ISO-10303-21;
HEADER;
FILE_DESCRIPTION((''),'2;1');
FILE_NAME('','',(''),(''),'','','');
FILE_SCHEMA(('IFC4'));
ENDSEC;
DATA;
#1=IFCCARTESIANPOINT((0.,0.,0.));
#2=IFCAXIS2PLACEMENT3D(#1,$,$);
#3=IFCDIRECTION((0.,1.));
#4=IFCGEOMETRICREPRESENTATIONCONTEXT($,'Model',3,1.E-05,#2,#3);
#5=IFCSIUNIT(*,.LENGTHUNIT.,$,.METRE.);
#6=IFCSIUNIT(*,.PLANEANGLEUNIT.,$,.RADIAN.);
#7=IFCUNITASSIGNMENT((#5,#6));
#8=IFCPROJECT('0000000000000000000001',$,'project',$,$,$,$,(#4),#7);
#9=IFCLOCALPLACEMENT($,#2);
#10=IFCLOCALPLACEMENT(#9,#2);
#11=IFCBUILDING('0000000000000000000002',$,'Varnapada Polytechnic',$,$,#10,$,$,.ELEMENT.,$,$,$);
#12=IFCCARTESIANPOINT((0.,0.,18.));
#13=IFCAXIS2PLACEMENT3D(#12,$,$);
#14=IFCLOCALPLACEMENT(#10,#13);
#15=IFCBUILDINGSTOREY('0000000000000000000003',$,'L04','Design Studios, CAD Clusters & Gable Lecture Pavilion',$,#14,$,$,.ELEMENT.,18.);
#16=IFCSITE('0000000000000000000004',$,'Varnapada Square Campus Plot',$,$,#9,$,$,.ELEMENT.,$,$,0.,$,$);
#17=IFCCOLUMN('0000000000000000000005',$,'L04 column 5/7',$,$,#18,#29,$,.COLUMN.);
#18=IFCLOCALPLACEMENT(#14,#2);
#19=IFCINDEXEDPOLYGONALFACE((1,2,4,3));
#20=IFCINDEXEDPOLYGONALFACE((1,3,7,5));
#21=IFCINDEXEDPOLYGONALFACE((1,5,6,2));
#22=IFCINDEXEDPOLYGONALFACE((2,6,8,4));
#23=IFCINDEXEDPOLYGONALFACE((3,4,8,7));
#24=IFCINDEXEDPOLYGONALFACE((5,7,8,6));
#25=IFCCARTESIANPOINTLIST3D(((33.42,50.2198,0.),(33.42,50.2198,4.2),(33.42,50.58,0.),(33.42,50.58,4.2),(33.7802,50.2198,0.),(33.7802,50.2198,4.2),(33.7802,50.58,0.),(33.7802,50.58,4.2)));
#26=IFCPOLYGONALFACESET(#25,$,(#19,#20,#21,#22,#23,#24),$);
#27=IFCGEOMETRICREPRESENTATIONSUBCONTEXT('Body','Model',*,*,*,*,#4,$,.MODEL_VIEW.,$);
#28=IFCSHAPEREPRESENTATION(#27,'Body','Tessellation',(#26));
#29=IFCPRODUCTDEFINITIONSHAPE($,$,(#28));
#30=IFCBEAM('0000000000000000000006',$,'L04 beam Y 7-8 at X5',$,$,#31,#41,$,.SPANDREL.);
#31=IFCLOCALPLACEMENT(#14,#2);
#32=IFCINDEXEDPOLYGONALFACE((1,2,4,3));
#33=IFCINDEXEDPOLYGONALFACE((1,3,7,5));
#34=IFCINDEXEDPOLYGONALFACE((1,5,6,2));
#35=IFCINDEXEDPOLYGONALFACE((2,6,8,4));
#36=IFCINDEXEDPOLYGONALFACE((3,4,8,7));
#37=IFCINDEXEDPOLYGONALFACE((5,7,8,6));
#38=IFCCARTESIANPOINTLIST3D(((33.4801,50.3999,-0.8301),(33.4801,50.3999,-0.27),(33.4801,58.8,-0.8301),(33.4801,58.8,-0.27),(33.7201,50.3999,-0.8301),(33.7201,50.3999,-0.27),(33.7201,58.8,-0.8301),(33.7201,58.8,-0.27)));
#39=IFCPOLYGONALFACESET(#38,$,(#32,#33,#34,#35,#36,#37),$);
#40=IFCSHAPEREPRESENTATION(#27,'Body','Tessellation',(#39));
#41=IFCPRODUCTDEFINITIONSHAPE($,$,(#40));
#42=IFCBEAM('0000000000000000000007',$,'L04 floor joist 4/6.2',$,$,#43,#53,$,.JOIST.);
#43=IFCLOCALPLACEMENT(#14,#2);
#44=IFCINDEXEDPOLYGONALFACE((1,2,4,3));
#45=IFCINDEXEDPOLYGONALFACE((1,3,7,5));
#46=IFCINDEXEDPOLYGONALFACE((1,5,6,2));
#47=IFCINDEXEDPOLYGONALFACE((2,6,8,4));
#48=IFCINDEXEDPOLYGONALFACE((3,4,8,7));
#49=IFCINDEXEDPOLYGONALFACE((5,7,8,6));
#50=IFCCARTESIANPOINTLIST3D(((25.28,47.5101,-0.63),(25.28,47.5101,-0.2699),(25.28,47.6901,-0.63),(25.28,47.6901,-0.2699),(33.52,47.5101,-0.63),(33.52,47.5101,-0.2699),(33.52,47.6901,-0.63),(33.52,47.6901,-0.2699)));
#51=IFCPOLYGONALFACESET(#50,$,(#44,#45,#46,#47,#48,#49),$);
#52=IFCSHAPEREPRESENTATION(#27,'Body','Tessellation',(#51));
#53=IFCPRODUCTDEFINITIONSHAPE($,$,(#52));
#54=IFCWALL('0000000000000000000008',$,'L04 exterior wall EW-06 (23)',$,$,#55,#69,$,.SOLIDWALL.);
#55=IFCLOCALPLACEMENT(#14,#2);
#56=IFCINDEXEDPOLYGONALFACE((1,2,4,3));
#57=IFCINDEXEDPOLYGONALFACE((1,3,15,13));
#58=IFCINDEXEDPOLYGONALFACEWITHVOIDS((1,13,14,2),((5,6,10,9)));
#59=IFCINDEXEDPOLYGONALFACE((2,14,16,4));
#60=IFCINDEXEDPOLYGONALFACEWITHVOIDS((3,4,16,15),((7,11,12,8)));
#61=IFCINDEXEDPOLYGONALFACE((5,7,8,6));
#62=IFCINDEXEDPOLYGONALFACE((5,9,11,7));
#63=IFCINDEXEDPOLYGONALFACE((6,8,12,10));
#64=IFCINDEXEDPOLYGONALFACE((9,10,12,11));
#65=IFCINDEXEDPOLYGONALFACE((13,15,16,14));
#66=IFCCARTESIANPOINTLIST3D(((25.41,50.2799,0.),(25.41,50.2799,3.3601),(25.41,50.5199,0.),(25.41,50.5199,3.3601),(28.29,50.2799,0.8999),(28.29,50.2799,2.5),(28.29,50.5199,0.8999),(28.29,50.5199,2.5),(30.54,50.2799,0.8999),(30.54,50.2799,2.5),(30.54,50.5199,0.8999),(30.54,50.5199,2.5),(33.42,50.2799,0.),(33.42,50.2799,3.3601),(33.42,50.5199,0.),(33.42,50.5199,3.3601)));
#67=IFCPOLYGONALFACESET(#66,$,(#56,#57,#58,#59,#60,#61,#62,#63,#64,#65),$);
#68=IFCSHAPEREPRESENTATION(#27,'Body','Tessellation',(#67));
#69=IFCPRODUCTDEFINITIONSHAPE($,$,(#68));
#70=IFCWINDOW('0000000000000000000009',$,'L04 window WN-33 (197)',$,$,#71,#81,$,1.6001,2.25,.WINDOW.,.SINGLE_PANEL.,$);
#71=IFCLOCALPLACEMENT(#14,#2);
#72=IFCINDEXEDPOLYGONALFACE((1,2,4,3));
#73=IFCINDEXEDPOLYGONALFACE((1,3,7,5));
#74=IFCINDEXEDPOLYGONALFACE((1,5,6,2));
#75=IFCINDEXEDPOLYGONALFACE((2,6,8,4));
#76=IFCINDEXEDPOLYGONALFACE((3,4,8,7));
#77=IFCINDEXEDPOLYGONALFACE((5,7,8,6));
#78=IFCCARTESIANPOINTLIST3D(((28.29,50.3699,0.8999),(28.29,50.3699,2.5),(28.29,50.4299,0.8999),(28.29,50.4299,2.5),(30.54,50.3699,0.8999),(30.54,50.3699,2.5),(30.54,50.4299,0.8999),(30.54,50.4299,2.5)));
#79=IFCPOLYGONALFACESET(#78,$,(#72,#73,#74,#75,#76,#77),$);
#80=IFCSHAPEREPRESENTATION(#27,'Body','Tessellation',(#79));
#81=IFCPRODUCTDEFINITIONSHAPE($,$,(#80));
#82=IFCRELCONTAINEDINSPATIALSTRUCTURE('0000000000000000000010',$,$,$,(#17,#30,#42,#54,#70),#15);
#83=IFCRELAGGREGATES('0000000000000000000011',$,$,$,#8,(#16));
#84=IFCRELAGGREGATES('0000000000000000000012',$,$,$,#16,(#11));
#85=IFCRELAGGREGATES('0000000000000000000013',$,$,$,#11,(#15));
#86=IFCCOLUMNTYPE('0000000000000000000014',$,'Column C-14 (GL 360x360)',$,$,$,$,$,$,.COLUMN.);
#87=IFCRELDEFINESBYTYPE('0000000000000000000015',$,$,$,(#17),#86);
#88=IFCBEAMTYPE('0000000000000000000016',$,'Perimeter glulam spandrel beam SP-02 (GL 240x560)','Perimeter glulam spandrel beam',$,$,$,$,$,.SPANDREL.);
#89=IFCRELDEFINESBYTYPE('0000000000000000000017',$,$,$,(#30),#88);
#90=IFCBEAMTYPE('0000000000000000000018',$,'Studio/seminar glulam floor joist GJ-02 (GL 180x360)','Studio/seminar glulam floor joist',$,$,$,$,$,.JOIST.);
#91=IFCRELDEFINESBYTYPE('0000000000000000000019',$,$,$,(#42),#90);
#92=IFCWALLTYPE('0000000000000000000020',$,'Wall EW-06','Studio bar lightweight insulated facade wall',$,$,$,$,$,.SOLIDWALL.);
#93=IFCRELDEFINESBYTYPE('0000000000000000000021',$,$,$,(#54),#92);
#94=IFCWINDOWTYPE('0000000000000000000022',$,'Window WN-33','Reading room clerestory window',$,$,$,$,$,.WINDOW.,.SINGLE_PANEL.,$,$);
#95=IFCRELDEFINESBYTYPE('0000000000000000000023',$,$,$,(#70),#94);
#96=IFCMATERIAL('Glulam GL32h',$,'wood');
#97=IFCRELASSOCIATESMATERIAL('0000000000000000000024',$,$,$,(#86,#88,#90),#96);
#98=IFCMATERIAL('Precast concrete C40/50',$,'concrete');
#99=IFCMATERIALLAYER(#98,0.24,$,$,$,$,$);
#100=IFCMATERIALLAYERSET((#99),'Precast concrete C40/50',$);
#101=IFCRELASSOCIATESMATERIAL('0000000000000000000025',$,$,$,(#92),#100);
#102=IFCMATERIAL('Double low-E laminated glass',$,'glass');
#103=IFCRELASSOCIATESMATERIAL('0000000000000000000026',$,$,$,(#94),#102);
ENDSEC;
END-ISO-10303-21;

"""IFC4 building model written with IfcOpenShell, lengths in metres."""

from ifc_helpers import new_model, si_unit, direction, frame, frame_2d, origin, origin_2d, place, context, subcontext, project, spatial, rectangle, extrude, material, layer, layer_set, material_profile, profile_set, type_object, element, fill, save


model = new_model("IFC4")

# Units and contexts
model_context = context("Model", 3, precision=1e-05, world=origin(), true_north=direction((0.0, 1.0)))
body_context = subcontext(model_context, "Body", "Model", "MODEL_VIEW")
ifc_project = project(units=[si_unit("LENGTHUNIT", "METRE"), si_unit("PLANEANGLEUNIT", "RADIAN")], contexts=[model_context])

# Site, building, storey
site_placement = place(None, origin())
site = spatial("IfcSite", under=ifc_project, at=site_placement, Name="Varnapada Square Campus Plot", CompositionType="ELEMENT", RefElevation=0.0)
building_placement = place(site_placement, origin())
building = spatial("IfcBuilding", under=site, at=building_placement, Name="Varnapada Polytechnic", CompositionType="ELEMENT")
storey_placement = place(building_placement, frame((0.0, 0.0, 18.0)))
storey = spatial("IfcBuildingStorey", under=building, at=storey_placement, Name="L04", Description="Design Studios, CAD Clusters & Gable Lecture Pavilion", CompositionType="ELEMENT", Elevation=18.0)

# Column
ifc_material_1 = material(Name="Glulam GL32h", Category="wood")
ifc_material_profile_1 = material_profile(ifc_material_1, rectangle(XDim=0.3601, YDim=0.3601, at=origin_2d()), Name="GL 360x360")
ifc_profile_set_1 = profile_set([ifc_material_profile_1], Name="Glulam GL32h")
column_type = type_object("IfcColumnType", Name="Column C-14 (GL 360x360)", PredefinedType="COLUMN", material=ifc_profile_set_1)
column_placement = place(storey_placement, frame((33.6001, 50.3999, 0.0), z_axis=(0.0, 0.0, 1.0), x_axis=(1.0, 0.0, 0.0)))
element("IfcColumn", 1, at=column_placement, inside=storey, type_object=column_type, Name="L04 column 5/7", PredefinedType="COLUMN", context=body_context, shape_type="SweptSolid", body=[
    extrude(rectangle(XDim=0.3601, YDim=0.3601, at=origin_2d()), origin(), (0.0, 0.0, 1.0), 4.2),
])

# Beams
ifc_material_profile_2 = material_profile(ifc_material_1, rectangle(XDim=0.24, YDim=0.5601, at=origin_2d()), Name="GL 240x560")
ifc_profile_set_2 = profile_set([ifc_material_profile_2], Name="Glulam GL32h")
beam_type_1 = type_object("IfcBeamType", Name="Perimeter glulam spandrel beam SP-02 (GL 240x560)", Description="Perimeter glulam spandrel beam", PredefinedType="SPANDREL", material=ifc_profile_set_2)
beam_1_placement = place(storey_placement, frame((33.6001, 50.3999, -0.55), z_axis=(0.0, 1.0, 0.0), x_axis=(-1.0, 0.0, 0.0)))
element("IfcBeam", 2, at=beam_1_placement, inside=storey, type_object=beam_type_1, Name="L04 beam Y 7-8 at X5", PredefinedType="SPANDREL", context=body_context, shape_type="SweptSolid", body=[
    extrude(rectangle(XDim=0.24, YDim=0.5601, at=origin_2d()), origin(), (0.0, 0.0, 1.0), 8.4001),
])
ifc_material_profile_3 = material_profile(ifc_material_1, rectangle(XDim=0.1799, YDim=0.3601, at=origin_2d()), Name="GL 180x360")
ifc_profile_set_3 = profile_set([ifc_material_profile_3], Name="Glulam GL32h")
beam_type_2 = type_object("IfcBeamType", Name="Studio/seminar glulam floor joist GJ-02 (GL 180x360)", Description="Studio/seminar glulam floor joist", PredefinedType="JOIST", material=ifc_profile_set_3)
beam_2_placement = place(storey_placement, frame((25.28, 47.6001, -0.45), z_axis=(1.0, 0.0, 0.0), x_axis=(0.0, 1.0, 0.0)))
element("IfcBeam", 3, at=beam_2_placement, inside=storey, type_object=beam_type_2, Name="L04 floor joist 4/6.2", PredefinedType="JOIST", context=body_context, shape_type="SweptSolid", body=[
    extrude(rectangle(XDim=0.1799, YDim=0.3601, at=origin_2d()), origin(), (0.0, 0.0, 1.0), 8.24),
])

# Wall, opening, window
ifc_material_2 = material(Name="Precast concrete C40/50", Category="concrete")
ifc_layer_1 = layer(ifc_material_2, 0.24)
ifc_layer_set_1 = layer_set([ifc_layer_1], Name="Precast concrete C40/50")
wall_type = type_object("IfcWallType", Name="Wall EW-06", Description="Studio bar lightweight insulated facade wall", PredefinedType="SOLIDWALL", material=ifc_layer_set_1)
wall_placement = place(storey_placement, frame((33.4199, 50.3999, 0.0), z_axis=(0.0, 0.0, 1.0), x_axis=(-1.0, 0.0, 0.0)))
wall = element("IfcWall", 4, at=wall_placement, inside=storey, type_object=wall_type, Name="L04 exterior wall EW-06 (23)", PredefinedType="SOLIDWALL", context=body_context, shape_type="SweptSolid", body=[
    extrude(rectangle(XDim=8.01, YDim=0.24, at=frame_2d((4.0049, 0.0))), origin(), (0.0, 0.0, 1.0), 3.3601),
])
opening_1_placement = place(wall_placement, frame((2.8799, 0.0, 0.8999)))
opening_1 = element("IfcOpeningElement", 5, at=opening_1_placement, cuts=wall, PredefinedType="OPENING", context=body_context, shape_type="SweptSolid", body=[
    extrude(rectangle(XDim=2.25, YDim=1.6001, at=frame_2d((1.125, 0.8))), frame((0.0, 0.1299, 0.0), z_axis=(0.0, -1.0, 0.0), x_axis=(1.0, 0.0, 0.0)), (0.0, 0.0, 1.0), 0.26),
])
ifc_material_3 = material(Name="Double low-E laminated glass", Category="glass")
window_type = type_object("IfcWindowType", Name="Window WN-33", Description="Reading room clerestory window", PartitioningType="SINGLE_PANEL", PredefinedType="WINDOW", material=ifc_material_3)
window_placement = place(opening_1_placement, origin())
window = element("IfcWindow", 6, at=window_placement, inside=storey, type_object=window_type, Name="L04 window WN-33 (197)", OverallHeight=1.6001, OverallWidth=2.25, PartitioningType="SINGLE_PANEL", PredefinedType="WINDOW", context=body_context, shape_type="SweptSolid", body=[
    extrude(rectangle(XDim=2.25, YDim=1.6001, at=frame_2d((1.125, 0.8))), frame((0.0, 0.03, 0.0), z_axis=(0.0, -1.0, 0.0), x_axis=(1.0, 0.0, 0.0)), (0.0, 0.0, 1.0), 0.0601),
])
fill(opening_1, window)

save(model, "model.ifc")
